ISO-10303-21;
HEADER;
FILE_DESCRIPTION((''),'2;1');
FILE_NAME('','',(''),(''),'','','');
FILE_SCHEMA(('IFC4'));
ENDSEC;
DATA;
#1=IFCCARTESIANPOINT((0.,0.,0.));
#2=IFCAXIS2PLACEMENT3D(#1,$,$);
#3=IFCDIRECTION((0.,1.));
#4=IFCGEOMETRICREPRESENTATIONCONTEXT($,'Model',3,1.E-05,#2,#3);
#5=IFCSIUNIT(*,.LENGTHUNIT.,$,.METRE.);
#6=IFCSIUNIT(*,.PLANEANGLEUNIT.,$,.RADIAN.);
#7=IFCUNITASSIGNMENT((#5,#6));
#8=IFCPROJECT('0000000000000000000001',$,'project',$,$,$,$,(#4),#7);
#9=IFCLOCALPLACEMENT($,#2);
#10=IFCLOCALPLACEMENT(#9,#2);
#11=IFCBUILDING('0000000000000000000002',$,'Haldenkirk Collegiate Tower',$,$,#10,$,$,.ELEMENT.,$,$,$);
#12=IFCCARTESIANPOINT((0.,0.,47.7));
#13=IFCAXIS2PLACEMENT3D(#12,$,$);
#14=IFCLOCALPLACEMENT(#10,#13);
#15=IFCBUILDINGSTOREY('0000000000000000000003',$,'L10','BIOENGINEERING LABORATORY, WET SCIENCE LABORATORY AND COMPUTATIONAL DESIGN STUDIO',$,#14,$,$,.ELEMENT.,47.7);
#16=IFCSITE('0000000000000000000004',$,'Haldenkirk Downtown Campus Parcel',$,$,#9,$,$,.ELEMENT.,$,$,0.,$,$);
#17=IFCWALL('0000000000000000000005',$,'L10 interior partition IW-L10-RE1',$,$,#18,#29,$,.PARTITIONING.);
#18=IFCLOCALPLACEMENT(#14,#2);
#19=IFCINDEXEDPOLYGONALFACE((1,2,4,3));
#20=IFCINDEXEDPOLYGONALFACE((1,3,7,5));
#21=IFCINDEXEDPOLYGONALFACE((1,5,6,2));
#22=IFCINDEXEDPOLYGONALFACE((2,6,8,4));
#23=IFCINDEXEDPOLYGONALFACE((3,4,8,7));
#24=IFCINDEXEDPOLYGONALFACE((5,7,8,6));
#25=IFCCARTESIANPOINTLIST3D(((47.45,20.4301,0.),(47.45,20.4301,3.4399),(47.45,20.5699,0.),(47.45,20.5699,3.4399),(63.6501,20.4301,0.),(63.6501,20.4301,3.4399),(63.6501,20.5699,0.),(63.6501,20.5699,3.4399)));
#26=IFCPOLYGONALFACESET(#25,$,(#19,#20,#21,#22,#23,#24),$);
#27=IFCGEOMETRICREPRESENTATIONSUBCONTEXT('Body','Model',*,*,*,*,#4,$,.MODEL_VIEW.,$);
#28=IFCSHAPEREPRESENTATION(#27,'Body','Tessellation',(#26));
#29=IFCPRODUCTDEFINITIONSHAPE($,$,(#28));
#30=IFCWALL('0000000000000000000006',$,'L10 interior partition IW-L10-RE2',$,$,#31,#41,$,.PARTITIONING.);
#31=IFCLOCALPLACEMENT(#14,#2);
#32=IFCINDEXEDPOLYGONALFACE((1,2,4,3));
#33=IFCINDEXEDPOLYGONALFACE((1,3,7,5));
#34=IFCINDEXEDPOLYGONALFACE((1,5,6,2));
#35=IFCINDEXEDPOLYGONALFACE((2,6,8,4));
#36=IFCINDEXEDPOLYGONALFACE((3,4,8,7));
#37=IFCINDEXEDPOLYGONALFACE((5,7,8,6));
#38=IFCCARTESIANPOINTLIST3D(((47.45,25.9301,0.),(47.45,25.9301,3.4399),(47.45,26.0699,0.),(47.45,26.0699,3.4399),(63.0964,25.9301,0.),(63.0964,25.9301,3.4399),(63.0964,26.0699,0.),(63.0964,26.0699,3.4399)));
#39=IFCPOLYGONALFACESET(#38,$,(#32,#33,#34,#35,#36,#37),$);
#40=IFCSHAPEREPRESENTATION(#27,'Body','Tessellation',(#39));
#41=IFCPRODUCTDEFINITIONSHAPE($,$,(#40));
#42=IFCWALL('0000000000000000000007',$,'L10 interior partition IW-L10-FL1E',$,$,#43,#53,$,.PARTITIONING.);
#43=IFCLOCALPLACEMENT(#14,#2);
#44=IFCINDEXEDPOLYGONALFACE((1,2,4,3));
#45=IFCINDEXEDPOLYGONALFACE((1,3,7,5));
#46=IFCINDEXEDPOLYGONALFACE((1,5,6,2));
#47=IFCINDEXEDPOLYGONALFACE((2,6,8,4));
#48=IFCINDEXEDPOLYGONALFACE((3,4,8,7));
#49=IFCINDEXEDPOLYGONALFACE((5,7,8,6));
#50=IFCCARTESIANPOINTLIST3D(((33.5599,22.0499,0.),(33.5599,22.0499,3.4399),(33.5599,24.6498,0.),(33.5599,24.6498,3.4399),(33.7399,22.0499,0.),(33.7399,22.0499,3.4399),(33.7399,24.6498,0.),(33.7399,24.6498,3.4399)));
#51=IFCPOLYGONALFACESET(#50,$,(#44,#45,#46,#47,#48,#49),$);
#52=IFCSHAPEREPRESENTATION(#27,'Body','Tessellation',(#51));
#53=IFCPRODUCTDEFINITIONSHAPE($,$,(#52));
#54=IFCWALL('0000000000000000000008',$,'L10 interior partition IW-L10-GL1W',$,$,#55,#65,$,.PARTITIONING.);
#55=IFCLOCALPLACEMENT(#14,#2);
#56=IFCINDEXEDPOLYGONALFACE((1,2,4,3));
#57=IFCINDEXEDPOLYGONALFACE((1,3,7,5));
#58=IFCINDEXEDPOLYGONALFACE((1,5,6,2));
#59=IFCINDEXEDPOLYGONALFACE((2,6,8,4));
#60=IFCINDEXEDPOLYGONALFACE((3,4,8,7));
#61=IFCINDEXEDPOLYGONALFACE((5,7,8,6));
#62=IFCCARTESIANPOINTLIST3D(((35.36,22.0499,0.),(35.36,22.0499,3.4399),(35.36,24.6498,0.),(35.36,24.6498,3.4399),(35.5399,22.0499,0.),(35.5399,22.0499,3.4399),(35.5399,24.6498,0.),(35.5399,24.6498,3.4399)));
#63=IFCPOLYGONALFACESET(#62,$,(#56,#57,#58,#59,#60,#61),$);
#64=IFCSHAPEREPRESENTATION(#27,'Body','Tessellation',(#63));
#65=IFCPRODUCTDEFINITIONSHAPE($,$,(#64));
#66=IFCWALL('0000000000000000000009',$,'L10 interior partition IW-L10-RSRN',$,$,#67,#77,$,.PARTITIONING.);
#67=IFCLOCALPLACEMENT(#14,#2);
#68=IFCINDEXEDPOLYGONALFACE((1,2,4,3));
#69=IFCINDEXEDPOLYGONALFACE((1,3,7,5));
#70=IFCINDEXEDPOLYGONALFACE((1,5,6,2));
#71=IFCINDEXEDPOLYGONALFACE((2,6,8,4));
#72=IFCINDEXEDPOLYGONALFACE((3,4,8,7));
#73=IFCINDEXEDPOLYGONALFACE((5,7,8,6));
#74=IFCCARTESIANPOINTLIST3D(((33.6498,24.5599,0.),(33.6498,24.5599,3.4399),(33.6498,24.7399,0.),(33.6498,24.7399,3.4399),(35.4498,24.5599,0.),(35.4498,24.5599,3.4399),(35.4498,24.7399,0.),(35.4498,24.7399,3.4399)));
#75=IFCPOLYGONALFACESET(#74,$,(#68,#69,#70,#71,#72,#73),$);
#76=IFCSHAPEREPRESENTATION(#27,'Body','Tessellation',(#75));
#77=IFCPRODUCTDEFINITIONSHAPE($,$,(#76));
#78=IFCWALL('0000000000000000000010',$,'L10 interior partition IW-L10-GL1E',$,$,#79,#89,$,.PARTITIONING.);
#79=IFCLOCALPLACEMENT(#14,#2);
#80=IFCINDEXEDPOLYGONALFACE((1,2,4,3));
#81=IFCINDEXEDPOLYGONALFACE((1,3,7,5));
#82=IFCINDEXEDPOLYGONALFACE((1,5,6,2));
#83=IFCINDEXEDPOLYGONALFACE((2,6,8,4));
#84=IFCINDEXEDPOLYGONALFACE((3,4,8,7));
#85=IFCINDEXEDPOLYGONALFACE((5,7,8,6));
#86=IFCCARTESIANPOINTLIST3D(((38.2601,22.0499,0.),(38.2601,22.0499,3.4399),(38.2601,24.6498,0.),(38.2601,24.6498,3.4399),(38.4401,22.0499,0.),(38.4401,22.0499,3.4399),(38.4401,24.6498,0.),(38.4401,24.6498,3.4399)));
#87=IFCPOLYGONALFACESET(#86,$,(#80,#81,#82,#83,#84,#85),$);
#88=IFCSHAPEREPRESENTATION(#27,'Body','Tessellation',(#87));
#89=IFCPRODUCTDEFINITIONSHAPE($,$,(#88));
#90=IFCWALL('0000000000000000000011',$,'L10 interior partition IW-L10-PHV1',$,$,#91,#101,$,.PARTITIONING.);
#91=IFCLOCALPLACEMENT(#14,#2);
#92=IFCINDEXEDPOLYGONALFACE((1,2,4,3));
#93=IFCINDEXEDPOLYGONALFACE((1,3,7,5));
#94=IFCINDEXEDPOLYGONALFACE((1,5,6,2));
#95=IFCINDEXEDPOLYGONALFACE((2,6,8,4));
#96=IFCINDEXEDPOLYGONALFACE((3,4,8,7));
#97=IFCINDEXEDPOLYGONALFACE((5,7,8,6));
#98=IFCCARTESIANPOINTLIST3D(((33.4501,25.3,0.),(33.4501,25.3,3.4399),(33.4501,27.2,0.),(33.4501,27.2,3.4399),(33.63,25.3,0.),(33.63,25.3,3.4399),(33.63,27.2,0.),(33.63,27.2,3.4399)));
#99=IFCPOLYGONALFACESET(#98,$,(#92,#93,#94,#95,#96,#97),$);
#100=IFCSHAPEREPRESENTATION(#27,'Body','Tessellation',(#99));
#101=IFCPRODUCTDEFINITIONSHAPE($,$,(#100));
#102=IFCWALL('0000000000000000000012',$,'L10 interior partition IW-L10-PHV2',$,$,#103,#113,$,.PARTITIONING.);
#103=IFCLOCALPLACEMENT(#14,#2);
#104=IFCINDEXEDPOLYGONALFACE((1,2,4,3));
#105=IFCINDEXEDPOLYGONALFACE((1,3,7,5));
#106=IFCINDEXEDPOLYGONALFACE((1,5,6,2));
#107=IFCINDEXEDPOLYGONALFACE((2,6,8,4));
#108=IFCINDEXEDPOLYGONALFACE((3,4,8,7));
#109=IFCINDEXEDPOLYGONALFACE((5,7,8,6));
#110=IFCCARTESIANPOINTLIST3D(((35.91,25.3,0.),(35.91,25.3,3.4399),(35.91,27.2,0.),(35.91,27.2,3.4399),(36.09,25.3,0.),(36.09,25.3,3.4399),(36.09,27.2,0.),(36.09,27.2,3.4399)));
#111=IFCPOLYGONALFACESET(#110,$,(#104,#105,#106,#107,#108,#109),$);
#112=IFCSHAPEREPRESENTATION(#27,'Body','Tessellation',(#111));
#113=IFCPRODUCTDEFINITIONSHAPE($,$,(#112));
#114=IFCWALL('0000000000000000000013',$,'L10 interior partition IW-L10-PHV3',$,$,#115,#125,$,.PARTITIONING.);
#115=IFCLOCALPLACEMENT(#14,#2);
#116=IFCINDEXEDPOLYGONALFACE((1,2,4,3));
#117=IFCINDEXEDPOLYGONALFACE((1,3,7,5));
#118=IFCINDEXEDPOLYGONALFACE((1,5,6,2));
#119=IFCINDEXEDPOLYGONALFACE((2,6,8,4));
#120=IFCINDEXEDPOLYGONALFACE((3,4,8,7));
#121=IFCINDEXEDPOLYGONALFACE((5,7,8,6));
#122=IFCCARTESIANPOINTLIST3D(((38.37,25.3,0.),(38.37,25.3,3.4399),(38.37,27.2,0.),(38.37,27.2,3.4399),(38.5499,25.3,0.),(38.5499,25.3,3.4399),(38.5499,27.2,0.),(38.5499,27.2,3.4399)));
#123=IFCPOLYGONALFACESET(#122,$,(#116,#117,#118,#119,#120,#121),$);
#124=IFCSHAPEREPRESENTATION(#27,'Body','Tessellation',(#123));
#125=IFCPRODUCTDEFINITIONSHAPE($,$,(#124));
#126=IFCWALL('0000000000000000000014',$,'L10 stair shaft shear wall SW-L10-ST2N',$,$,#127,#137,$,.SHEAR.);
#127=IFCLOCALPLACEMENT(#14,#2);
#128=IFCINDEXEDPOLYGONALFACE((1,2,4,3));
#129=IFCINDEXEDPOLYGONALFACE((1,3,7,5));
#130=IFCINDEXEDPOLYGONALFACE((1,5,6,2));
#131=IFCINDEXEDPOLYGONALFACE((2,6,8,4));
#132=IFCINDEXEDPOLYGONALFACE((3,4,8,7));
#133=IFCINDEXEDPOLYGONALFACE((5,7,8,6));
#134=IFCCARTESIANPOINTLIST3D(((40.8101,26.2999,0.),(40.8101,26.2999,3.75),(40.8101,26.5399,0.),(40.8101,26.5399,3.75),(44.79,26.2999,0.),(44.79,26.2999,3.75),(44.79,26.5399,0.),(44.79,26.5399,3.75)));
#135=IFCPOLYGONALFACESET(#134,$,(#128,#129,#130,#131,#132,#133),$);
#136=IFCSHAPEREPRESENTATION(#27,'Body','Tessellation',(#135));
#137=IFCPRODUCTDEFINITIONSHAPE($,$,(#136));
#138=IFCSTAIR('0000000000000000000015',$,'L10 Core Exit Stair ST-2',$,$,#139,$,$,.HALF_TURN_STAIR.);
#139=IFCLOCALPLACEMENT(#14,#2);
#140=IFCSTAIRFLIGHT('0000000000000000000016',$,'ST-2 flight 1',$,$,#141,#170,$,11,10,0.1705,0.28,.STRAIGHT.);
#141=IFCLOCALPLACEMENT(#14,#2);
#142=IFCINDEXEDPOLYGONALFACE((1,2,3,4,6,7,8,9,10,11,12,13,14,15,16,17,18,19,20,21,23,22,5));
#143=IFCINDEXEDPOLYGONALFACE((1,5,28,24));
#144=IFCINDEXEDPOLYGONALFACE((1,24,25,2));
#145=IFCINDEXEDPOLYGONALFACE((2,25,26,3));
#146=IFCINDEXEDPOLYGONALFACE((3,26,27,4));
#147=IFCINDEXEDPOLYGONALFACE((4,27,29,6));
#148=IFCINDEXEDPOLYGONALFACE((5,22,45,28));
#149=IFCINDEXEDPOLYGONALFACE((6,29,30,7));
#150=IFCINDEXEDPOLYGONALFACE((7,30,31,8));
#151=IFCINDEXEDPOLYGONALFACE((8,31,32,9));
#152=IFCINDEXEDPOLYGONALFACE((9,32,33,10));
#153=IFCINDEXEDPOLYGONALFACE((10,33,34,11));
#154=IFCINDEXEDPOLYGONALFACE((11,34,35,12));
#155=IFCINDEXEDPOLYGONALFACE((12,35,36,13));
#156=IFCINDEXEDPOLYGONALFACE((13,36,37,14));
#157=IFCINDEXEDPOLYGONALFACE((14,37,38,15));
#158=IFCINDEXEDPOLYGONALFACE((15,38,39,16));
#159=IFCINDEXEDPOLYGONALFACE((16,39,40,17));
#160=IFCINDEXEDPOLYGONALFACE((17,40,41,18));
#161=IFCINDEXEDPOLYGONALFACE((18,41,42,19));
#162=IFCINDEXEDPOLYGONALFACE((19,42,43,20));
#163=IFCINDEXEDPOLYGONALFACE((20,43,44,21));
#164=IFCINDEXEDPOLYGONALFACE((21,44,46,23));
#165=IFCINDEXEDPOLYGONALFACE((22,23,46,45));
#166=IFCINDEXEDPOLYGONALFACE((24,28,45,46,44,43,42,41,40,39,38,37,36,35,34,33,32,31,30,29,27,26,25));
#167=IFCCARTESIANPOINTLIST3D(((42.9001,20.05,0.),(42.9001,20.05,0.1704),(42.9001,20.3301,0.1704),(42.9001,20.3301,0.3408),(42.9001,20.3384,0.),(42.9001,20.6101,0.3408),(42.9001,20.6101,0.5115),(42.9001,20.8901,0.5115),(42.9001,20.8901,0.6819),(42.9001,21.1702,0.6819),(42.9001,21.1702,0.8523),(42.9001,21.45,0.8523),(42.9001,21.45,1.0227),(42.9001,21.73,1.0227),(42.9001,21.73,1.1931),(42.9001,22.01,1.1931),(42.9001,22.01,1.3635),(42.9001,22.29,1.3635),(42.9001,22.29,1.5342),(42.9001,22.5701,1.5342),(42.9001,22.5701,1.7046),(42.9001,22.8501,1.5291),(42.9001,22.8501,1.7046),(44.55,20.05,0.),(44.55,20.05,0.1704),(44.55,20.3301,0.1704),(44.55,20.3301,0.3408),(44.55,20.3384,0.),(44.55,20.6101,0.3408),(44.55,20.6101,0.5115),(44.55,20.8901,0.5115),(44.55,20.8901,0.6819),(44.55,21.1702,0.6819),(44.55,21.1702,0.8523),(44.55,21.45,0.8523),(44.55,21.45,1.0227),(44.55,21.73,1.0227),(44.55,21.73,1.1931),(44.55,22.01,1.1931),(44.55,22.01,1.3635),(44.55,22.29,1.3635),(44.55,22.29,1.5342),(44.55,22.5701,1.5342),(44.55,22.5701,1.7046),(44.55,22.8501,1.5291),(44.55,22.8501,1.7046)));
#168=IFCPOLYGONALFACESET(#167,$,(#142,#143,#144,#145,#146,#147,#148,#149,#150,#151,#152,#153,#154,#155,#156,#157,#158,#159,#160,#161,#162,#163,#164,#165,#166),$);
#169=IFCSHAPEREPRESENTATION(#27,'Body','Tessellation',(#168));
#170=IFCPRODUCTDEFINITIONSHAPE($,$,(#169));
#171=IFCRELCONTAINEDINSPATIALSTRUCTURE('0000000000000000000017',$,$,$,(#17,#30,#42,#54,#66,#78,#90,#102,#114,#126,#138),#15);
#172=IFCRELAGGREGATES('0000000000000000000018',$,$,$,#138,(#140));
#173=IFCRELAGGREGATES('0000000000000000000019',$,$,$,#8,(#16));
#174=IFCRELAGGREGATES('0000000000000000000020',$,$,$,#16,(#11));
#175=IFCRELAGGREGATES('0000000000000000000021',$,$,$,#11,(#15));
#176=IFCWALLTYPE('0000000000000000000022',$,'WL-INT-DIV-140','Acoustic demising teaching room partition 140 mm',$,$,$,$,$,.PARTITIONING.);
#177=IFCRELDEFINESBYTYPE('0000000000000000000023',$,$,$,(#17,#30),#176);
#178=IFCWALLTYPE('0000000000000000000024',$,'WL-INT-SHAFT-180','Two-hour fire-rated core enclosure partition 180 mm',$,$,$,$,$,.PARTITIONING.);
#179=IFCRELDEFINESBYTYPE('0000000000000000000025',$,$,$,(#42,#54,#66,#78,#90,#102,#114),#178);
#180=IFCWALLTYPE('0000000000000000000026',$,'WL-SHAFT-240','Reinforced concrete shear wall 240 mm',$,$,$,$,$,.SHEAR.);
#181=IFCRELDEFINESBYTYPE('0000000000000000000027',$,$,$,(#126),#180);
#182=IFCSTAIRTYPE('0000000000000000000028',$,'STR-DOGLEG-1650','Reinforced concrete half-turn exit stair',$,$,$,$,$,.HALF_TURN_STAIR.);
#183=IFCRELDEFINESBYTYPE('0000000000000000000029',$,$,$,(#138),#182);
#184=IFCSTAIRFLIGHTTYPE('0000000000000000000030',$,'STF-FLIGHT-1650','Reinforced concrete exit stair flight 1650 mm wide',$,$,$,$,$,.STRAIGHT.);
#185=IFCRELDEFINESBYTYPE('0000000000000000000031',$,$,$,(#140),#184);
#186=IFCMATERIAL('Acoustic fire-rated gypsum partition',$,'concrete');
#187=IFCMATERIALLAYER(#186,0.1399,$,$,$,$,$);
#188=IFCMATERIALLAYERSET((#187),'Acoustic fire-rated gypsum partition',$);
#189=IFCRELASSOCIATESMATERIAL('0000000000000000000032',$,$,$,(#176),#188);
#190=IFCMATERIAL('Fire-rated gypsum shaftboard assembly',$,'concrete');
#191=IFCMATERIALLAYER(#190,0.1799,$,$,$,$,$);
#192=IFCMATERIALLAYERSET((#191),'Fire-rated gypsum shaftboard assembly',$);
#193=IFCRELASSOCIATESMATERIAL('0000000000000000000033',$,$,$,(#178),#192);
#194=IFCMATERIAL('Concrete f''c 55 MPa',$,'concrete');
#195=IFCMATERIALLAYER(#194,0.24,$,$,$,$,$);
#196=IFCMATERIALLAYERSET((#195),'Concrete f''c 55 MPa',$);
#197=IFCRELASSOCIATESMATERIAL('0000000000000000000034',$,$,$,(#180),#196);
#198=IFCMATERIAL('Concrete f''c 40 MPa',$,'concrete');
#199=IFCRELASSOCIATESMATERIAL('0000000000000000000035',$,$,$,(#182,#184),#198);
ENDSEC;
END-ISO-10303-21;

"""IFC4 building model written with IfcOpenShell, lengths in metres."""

from ifc_helpers import new_model, si_unit, direction, frame, frame_2d, origin, place, context, subcontext, project, spatial, polyline, rectangle, outline, extrude, material, layer, layer_set, type_object, element, aggregate, save


model = new_model("IFC4")

# Units and contexts
model_context = context("Model", 3, precision=1e-05, world=origin(), true_north=direction((0.0, 1.0)))
body_context = subcontext(model_context, "Body", "Model", "MODEL_VIEW")
ifc_project = project(units=[si_unit("LENGTHUNIT", "METRE"), si_unit("PLANEANGLEUNIT", "RADIAN")], contexts=[model_context])

# Site, building, storey
site_placement = place(None, origin())
site = spatial("IfcSite", under=ifc_project, at=site_placement, Name="Haldenkirk Downtown Campus Parcel", CompositionType="ELEMENT", RefElevation=0.0)
building_placement = place(site_placement, origin())
building = spatial("IfcBuilding", under=site, at=building_placement, Name="Haldenkirk Collegiate Tower", CompositionType="ELEMENT")
storey_placement = place(building_placement, frame((0.0, 0.0, 47.7)))
storey = spatial("IfcBuildingStorey", under=building, at=storey_placement, Name="L10", Description="BIOENGINEERING LABORATORY, WET SCIENCE LABORATORY AND COMPUTATIONAL DESIGN STUDIO", CompositionType="ELEMENT", Elevation=47.7)

# Walls
ifc_material_1 = material(Name="Acoustic fire-rated gypsum partition", Category="concrete")
ifc_layer_1 = layer(ifc_material_1, 0.1399)
ifc_layer_set_1 = layer_set([ifc_layer_1], Name="Acoustic fire-rated gypsum partition")
wall_type_1 = type_object("IfcWallType", Name="WL-INT-DIV-140", Description="Acoustic demising teaching room partition 140 mm", PredefinedType="PARTITIONING", material=ifc_layer_set_1)
wall_1_placement = place(storey_placement, frame((47.45, 20.5, 0.0), z_axis=(0.0, 0.0, 1.0), x_axis=(1.0, 0.0, 0.0)))
element("IfcWall", 1, at=wall_1_placement, inside=storey, type_object=wall_type_1, Name="L10 interior partition IW-L10-RE1", PredefinedType="PARTITIONING", context=body_context, shape_type="SweptSolid", body=[
    extrude(rectangle(XDim=16.2002, YDim=0.1399, at=frame_2d((8.1001, 0.0))), origin(), (0.0, 0.0, 1.0), 3.4399),
])
wall_2_placement = place(storey_placement, frame((47.45, 26.0, 0.0), z_axis=(0.0, 0.0, 1.0), x_axis=(1.0, 0.0, 0.0)))
element("IfcWall", 2, at=wall_2_placement, inside=storey, type_object=wall_type_1, Name="L10 interior partition IW-L10-RE2", PredefinedType="PARTITIONING", context=body_context, shape_type="SweptSolid", body=[
    extrude(rectangle(XDim=15.6465, YDim=0.1399, at=frame_2d((7.8232, 0.0))), origin(), (0.0, 0.0, 1.0), 3.4399),
])
ifc_material_2 = material(Name="Fire-rated gypsum shaftboard assembly", Category="concrete")
ifc_layer_2 = layer(ifc_material_2, 0.1799)
ifc_layer_set_2 = layer_set([ifc_layer_2], Name="Fire-rated gypsum shaftboard assembly")
wall_type_2 = type_object("IfcWallType", Name="WL-INT-SHAFT-180", Description="Two-hour fire-rated core enclosure partition 180 mm", PredefinedType="PARTITIONING", material=ifc_layer_set_2)
for number, where, z_axis, x_axis, name in (
    (3, (33.6499, 22.05, 0.0), (0.0, 0.0, 1.0), (0.0, 1.0, 0.0), "L10 interior partition IW-L10-FL1E"),
    (4, (35.45, 22.05, 0.0), (0.0, 0.0, 1.0), (0.0, 1.0, 0.0), "L10 interior partition IW-L10-GL1W"),
):
    element("IfcWall", number, at=place(storey_placement, frame(where, z_axis=z_axis, x_axis=x_axis)), inside=storey, type_object=wall_type_2, Name=name, PredefinedType="PARTITIONING", context=body_context, shape_type="SweptSolid", body=[
        extrude(rectangle(XDim=2.5999, YDim=0.1799, at=frame_2d((1.2998, 0.0))), origin(), (0.0, 0.0, 1.0), 3.4399),
    ])
wall_3_placement = place(storey_placement, frame((33.6499, 24.6499, 0.0), z_axis=(0.0, 0.0, 1.0), x_axis=(1.0, 0.0, 0.0)))
element("IfcWall", 5, at=wall_3_placement, inside=storey, type_object=wall_type_2, Name="L10 interior partition IW-L10-RSRN", PredefinedType="PARTITIONING", context=body_context, shape_type="SweptSolid", body=[
    extrude(rectangle(XDim=1.8, YDim=0.1799, at=frame_2d((0.8999, 0.0))), origin(), (0.0, 0.0, 1.0), 3.4399),
])
wall_4_placement = place(storey_placement, frame((38.3501, 22.05, 0.0), z_axis=(0.0, 0.0, 1.0), x_axis=(0.0, 1.0, 0.0)))
element("IfcWall", 6, at=wall_4_placement, inside=storey, type_object=wall_type_2, Name="L10 interior partition IW-L10-GL1E", PredefinedType="PARTITIONING", context=body_context, shape_type="SweptSolid", body=[
    extrude(rectangle(XDim=2.5999, YDim=0.1799, at=frame_2d((1.2998, 0.0))), origin(), (0.0, 0.0, 1.0), 3.4399),
])
for number, where, z_axis, x_axis, name in (
    (7, (33.54, 25.3, 0.0), (0.0, 0.0, 1.0), (0.0, 1.0, 0.0), "L10 interior partition IW-L10-PHV1"),
    (8, (36.0, 25.3, 0.0), (0.0, 0.0, 1.0), (0.0, 1.0, 0.0), "L10 interior partition IW-L10-PHV2"),
    (9, (38.46, 25.3, 0.0), (0.0, 0.0, 1.0), (0.0, 1.0, 0.0), "L10 interior partition IW-L10-PHV3"),
):
    element("IfcWall", number, at=place(storey_placement, frame(where, z_axis=z_axis, x_axis=x_axis)), inside=storey, type_object=wall_type_2, Name=name, PredefinedType="PARTITIONING", context=body_context, shape_type="SweptSolid", body=[
        extrude(rectangle(XDim=1.8999, YDim=0.1799, at=frame_2d((0.95, 0.0))), origin(), (0.0, 0.0, 1.0), 3.4399),
    ])

# Wall
ifc_material_3 = material(Name="Concrete f'c 55 MPa", Category="concrete")
ifc_layer_3 = layer(ifc_material_3, 0.24)
ifc_layer_set_3 = layer_set([ifc_layer_3], Name="Concrete f'c 55 MPa")
wall_type_3 = type_object("IfcWallType", Name="WL-SHAFT-240", Description="Reinforced concrete shear wall 240 mm", PredefinedType="SHEAR", material=ifc_layer_set_3)
wall_5_placement = place(storey_placement, frame((40.8101, 26.4199, 0.0), z_axis=(0.0, 0.0, 1.0), x_axis=(1.0, 0.0, 0.0)))
element("IfcWall", 10, at=wall_5_placement, inside=storey, type_object=wall_type_3, Name="L10 stair shaft shear wall SW-L10-ST2N", PredefinedType="SHEAR", context=body_context, shape_type="SweptSolid", body=[
    extrude(rectangle(XDim=3.98, YDim=0.24, at=frame_2d((1.99, 0.0))), origin(), (0.0, 0.0, 1.0), 3.75),
])

# Stair, stair flight
ifc_material_4 = material(Name="Concrete f'c 40 MPa", Category="concrete")
stair_type = type_object("IfcStairType", Name="STR-DOGLEG-1650", Description="Reinforced concrete half-turn exit stair", PredefinedType="HALF_TURN_STAIR", material=ifc_material_4)
stair_placement = place(storey_placement, origin())
stair = element("IfcStair", 11, at=stair_placement, inside=storey, type_object=stair_type, Name="L10 Core Exit Stair ST-2", PredefinedType="HALF_TURN_STAIR")
stair_flight_type = type_object("IfcStairFlightType", Name="STF-FLIGHT-1650", Description="Reinforced concrete exit stair flight 1650 mm wide", PredefinedType="STRAIGHT", material=ifc_material_4)
stair_flight_1_placement = place(storey_placement, frame((43.7251, 20.05, 0.0), z_axis=(0.0, 0.0, 1.0), x_axis=(0.0, 1.0, 0.0)))
stair_flight_1 = element("IfcStairFlight", 12, at=stair_flight_1_placement, type_object=stair_flight_type, Name="ST-2 flight 1", NumberOfRisers=11, NumberOfTreads=10, PredefinedType="STRAIGHT", RiserHeight=0.1705, TreadLength=0.28, context=body_context, shape_type="SweptSolid", body=[
    extrude(outline(polyline([(0.0, 0.0), (0.0, 0.1704), (0.28, 0.1704), (0.28, 0.3408), (0.5601, 0.3408), (0.5601, 0.5115), (0.8401, 0.5115), (0.8401, 0.6819), (1.1201, 0.6819), (1.1201, 0.8523), (1.3999, 0.8523), (1.3999, 1.0227), (1.6799, 1.0227), (1.6799, 1.1931), (1.96, 1.1931), (1.96, 1.3635), (2.24, 1.3635), (2.24, 1.5342), (2.52, 1.5342), (2.52, 1.7046), (2.8, 1.7046), (2.8, 1.875), (2.8, 1.5291), (0.2883, 0.0), (0.0, 0.0)])), frame((0.0, 0.825, 0.0), z_axis=(0.0, -1.0, 0.0), x_axis=(1.0, 0.0, 0.0)), (0.0, 0.0, 1.0), 1.6499),
])
aggregate(stair, [stair_flight_1])

save(model, "model.ifc")
